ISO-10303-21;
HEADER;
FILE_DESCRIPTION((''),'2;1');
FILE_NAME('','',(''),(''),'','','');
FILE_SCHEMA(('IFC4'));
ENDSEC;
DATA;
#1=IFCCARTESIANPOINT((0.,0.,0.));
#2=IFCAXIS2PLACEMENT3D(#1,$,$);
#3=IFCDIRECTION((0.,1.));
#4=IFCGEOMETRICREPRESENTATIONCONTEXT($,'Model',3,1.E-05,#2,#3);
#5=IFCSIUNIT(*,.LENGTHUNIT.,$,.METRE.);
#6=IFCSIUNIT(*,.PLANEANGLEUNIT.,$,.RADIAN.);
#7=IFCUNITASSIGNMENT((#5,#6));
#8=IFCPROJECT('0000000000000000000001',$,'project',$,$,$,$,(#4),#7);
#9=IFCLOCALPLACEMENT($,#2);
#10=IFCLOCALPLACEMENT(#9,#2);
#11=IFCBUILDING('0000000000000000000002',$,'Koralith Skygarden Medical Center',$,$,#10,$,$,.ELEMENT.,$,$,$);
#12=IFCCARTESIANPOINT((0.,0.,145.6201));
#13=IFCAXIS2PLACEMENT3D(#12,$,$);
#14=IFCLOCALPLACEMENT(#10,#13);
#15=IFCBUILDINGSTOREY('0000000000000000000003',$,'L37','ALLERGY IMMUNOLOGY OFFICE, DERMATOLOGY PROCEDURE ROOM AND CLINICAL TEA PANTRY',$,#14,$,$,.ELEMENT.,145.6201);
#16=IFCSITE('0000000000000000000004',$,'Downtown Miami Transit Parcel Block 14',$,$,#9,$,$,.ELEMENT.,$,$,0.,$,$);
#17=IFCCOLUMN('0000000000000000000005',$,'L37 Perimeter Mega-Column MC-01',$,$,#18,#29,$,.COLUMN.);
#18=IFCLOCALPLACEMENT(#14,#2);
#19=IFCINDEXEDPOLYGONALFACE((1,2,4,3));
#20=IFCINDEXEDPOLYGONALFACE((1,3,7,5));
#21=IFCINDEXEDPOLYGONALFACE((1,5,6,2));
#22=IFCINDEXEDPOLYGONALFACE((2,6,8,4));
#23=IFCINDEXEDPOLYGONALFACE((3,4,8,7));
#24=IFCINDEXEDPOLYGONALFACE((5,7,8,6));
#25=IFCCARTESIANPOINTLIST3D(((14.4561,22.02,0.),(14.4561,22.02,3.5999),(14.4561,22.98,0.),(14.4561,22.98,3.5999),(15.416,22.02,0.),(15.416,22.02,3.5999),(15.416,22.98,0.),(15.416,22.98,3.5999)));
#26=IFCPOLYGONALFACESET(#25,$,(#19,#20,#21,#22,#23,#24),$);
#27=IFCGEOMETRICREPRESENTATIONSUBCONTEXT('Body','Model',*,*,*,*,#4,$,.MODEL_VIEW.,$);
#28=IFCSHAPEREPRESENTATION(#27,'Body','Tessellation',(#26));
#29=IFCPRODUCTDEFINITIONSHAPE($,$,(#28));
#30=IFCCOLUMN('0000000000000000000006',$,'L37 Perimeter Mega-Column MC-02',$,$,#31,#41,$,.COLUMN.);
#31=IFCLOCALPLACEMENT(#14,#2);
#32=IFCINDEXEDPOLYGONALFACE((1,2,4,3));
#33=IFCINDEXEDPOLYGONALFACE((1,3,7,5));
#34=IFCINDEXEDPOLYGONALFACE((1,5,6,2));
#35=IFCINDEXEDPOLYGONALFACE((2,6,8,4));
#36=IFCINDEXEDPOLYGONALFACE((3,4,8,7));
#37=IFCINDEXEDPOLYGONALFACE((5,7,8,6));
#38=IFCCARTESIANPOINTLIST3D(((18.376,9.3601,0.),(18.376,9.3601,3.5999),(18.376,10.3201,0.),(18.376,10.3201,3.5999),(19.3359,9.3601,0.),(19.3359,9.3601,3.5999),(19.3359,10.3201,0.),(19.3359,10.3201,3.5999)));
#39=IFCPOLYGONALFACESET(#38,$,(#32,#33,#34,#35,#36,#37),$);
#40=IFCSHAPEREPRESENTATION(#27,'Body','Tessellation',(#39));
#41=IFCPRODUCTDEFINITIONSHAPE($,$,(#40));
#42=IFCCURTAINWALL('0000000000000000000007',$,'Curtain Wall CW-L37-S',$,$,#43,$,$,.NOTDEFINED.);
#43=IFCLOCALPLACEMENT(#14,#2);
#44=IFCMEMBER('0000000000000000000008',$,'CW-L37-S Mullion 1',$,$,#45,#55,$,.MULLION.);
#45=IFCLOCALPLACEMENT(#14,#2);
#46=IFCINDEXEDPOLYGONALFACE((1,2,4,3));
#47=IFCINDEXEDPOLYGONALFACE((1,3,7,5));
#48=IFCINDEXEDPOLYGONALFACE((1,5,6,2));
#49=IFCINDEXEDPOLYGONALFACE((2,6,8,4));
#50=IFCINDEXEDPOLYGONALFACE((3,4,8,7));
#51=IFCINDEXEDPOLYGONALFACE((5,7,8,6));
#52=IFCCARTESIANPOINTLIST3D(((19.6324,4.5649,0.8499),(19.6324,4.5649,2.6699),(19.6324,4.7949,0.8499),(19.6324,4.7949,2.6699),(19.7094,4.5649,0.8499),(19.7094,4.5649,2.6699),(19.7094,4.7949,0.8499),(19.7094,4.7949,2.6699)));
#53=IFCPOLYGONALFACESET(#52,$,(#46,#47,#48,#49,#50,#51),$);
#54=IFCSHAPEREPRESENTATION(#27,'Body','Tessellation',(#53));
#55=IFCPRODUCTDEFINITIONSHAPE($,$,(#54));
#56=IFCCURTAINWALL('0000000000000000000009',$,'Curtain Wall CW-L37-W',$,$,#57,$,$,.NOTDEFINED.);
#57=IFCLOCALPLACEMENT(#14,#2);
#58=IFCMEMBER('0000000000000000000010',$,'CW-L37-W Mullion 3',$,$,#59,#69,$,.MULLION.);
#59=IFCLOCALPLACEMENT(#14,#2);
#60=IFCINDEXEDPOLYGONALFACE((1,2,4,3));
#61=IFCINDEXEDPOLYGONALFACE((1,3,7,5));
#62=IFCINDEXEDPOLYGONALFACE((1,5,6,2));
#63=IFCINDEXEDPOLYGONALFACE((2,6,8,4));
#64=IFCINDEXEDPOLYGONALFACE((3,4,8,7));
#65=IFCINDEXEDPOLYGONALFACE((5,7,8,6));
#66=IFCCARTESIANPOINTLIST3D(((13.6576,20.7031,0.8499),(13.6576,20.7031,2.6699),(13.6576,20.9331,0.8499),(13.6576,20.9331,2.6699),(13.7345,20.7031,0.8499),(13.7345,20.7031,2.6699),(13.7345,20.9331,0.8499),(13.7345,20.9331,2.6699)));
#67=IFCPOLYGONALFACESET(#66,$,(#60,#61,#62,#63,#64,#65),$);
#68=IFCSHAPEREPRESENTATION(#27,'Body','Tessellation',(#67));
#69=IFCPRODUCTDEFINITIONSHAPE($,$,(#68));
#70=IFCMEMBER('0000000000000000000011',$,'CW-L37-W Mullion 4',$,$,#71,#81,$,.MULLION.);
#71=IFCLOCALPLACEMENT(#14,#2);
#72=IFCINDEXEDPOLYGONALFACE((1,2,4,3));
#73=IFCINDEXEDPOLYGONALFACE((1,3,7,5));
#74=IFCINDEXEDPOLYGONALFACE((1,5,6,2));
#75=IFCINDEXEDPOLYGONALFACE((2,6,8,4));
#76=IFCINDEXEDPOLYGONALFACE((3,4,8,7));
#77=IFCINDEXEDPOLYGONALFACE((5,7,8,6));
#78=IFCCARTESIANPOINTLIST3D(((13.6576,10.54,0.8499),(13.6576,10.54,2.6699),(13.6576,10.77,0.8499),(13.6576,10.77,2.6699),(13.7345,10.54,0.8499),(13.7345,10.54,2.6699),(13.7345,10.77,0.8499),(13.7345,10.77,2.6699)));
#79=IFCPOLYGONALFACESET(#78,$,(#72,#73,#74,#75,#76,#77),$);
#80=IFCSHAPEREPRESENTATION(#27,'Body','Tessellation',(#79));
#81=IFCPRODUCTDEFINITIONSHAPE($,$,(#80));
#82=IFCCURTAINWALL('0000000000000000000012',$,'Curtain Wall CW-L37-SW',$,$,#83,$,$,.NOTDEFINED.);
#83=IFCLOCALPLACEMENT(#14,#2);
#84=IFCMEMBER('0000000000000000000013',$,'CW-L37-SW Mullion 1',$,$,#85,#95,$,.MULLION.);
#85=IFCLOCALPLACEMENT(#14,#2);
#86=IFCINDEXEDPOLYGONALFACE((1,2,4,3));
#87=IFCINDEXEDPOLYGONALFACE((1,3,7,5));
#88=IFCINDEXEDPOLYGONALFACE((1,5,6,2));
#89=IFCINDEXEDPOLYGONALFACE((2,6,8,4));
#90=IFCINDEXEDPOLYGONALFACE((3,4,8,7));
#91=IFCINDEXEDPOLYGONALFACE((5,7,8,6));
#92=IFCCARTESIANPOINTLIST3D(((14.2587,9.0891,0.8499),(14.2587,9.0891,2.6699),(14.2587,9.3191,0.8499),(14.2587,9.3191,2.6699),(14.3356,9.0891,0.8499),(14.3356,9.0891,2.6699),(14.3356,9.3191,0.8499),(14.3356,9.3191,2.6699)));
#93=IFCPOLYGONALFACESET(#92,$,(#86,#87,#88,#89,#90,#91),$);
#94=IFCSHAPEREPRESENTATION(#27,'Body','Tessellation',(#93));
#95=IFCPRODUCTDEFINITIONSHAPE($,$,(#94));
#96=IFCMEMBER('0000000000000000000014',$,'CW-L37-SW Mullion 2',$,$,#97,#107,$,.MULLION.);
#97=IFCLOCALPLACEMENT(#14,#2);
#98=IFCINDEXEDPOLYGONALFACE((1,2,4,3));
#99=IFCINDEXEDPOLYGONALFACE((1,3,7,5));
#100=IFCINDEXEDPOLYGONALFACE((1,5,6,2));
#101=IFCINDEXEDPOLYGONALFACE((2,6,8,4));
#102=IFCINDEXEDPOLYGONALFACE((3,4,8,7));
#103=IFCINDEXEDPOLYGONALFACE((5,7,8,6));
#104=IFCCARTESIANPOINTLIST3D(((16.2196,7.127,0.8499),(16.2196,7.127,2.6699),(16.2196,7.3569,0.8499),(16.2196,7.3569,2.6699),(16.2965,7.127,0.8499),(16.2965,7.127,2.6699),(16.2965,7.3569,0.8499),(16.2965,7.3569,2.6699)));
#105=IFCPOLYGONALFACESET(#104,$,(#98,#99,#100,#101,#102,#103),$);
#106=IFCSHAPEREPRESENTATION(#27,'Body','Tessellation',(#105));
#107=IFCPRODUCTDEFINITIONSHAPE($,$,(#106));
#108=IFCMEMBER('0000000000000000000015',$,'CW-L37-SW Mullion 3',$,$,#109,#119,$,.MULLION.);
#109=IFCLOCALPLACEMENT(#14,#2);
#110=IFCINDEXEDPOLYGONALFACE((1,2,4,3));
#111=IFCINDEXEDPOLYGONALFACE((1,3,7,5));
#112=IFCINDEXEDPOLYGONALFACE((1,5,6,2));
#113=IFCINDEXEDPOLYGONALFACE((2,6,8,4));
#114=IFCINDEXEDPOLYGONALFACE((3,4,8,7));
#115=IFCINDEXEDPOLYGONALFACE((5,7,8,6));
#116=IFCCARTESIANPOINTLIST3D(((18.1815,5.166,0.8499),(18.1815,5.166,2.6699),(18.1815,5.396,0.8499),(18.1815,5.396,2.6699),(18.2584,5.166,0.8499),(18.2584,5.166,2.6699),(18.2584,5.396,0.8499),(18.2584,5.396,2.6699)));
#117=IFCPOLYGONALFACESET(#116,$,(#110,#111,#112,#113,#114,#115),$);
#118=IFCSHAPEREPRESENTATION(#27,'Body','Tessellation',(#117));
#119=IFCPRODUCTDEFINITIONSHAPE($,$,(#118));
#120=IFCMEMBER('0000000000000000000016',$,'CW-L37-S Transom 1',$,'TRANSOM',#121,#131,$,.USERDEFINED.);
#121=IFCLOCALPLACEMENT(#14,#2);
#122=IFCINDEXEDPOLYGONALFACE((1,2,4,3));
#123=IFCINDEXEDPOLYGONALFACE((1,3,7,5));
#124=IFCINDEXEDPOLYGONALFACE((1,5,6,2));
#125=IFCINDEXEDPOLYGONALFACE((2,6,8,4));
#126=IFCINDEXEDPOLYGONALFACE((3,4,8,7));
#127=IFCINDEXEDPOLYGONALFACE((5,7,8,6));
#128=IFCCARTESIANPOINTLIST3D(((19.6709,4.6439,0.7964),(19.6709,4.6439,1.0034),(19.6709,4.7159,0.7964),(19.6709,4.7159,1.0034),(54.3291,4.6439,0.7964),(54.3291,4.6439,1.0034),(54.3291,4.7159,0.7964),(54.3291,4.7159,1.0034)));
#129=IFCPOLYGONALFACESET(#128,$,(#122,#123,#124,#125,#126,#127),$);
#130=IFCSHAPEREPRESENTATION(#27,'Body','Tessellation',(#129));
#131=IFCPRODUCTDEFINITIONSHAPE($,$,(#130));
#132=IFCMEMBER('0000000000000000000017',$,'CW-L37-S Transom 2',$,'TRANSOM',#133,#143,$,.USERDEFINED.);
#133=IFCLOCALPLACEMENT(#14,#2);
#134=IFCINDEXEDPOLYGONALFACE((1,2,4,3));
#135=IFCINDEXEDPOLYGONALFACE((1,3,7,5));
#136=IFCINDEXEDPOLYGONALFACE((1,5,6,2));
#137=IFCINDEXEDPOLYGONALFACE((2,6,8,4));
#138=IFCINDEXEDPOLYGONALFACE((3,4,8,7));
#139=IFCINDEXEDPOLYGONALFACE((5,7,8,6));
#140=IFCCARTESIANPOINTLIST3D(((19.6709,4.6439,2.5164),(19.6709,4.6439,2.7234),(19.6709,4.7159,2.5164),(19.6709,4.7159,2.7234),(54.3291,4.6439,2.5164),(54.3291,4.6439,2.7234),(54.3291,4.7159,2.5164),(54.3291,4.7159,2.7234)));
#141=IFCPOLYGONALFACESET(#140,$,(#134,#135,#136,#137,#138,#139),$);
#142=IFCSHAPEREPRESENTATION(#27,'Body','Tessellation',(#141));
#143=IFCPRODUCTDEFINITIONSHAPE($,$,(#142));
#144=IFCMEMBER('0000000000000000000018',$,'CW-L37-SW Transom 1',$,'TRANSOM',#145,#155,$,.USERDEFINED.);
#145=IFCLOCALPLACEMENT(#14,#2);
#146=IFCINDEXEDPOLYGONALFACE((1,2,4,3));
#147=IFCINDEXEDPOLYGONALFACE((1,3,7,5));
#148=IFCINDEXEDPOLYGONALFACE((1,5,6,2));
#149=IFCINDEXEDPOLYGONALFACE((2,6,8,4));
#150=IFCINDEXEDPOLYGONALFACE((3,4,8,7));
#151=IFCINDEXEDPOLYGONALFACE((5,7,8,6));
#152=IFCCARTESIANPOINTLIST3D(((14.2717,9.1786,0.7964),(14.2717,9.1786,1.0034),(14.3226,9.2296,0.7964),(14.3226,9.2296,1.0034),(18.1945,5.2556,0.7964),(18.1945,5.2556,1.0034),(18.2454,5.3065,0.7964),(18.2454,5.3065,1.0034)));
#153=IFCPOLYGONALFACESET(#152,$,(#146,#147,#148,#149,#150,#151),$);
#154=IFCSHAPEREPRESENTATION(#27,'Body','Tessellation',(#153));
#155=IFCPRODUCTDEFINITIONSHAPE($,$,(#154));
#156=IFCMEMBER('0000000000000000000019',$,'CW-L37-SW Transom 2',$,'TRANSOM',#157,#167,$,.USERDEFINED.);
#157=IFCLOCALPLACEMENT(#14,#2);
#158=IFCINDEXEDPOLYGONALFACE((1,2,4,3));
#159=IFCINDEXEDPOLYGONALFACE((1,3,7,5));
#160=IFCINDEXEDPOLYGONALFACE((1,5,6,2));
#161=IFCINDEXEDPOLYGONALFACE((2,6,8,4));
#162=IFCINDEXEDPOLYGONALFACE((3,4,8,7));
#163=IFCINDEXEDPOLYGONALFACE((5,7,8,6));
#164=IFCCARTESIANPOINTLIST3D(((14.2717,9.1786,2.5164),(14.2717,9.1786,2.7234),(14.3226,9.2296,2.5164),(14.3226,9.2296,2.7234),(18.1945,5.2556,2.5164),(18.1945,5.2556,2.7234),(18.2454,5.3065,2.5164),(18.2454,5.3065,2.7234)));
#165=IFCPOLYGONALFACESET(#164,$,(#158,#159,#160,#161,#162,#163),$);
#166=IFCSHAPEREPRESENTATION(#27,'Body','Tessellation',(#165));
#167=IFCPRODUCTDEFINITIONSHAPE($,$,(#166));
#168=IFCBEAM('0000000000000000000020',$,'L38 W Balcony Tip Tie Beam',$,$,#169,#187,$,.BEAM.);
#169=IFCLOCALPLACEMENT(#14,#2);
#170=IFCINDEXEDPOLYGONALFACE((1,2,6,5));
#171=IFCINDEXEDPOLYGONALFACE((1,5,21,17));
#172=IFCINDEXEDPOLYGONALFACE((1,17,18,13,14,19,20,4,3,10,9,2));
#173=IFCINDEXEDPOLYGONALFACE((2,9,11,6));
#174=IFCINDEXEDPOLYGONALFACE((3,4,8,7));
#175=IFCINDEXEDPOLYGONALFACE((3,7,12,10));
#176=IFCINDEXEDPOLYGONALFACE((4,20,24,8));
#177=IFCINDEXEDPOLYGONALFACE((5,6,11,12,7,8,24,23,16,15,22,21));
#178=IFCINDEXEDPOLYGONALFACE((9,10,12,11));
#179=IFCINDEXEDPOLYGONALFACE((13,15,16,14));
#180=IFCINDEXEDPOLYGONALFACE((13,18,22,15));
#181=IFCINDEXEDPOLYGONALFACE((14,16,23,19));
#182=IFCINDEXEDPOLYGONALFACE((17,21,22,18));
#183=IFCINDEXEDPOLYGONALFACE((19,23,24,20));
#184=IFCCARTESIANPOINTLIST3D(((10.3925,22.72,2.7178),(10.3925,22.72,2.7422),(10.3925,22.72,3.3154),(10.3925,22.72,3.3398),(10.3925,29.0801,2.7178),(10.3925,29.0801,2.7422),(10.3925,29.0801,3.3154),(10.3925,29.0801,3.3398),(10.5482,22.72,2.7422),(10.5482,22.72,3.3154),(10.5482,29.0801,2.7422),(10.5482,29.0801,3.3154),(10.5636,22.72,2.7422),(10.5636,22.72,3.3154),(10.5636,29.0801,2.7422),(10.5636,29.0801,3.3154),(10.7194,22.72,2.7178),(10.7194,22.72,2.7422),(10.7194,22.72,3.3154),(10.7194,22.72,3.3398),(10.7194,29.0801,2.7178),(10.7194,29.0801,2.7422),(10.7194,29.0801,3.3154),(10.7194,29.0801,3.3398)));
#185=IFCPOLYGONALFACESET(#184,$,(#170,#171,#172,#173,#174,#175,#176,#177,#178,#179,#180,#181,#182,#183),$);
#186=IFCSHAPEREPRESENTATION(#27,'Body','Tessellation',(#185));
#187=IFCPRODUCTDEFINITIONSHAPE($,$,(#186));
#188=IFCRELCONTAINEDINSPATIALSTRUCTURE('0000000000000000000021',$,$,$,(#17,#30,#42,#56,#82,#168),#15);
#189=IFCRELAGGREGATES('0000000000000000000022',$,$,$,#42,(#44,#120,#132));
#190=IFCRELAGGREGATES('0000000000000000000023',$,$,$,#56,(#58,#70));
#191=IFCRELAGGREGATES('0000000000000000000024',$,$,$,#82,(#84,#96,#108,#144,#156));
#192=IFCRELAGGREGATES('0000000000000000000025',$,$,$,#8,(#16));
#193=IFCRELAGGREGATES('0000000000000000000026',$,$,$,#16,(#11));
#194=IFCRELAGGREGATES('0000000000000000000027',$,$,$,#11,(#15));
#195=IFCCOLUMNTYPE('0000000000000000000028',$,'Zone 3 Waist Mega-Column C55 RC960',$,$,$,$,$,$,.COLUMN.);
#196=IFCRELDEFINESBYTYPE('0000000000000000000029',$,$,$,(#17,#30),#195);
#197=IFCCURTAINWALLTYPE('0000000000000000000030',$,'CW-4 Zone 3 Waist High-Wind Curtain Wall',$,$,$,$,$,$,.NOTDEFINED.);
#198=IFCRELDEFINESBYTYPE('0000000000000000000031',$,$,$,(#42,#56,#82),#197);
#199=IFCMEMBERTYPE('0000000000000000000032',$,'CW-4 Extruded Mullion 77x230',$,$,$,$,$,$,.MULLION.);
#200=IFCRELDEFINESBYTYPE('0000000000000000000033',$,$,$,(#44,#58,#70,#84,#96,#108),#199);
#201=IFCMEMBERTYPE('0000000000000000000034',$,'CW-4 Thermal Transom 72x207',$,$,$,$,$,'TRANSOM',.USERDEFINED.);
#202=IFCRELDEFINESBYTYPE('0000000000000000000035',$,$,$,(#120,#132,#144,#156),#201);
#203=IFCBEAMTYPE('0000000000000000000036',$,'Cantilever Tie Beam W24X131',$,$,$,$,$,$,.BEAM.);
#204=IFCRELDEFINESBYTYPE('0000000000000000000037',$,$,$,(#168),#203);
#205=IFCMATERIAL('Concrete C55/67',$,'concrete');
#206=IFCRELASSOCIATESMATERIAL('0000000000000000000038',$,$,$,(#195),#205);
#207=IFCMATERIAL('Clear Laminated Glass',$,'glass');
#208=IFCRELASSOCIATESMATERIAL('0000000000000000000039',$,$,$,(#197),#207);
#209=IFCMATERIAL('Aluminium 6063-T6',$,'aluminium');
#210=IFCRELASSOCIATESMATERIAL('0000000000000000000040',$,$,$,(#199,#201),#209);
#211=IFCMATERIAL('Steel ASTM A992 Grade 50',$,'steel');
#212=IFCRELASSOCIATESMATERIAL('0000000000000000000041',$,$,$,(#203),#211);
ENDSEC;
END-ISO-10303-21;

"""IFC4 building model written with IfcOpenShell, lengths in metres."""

from ifc_helpers import new_model, si_unit, direction, frame, origin, origin_2d, place, context, subcontext, project, spatial, rectangle, i_section, extrude, material, material_profile, profile_set, type_object, element, aggregate, save


model = new_model("IFC4")

# Units and contexts
model_context = context("Model", 3, precision=1e-05, world=origin(), true_north=direction((0.0, 1.0)))
body_context = subcontext(model_context, "Body", "Model", "MODEL_VIEW")
ifc_project = project(units=[si_unit("LENGTHUNIT", "METRE"), si_unit("PLANEANGLEUNIT", "RADIAN")], contexts=[model_context])

# Site, building, storey
site_placement = place(None, origin())
site = spatial("IfcSite", under=ifc_project, at=site_placement, Name="Downtown Miami Transit Parcel Block 14", CompositionType="ELEMENT", RefElevation=0.0)
building_placement = place(site_placement, origin())
building = spatial("IfcBuilding", under=site, at=building_placement, Name="Koralith Skygarden Medical Center", CompositionType="ELEMENT")
storey_placement = place(building_placement, frame((0.0, 0.0, 145.6201)))
storey = spatial("IfcBuildingStorey", under=building, at=storey_placement, Name="L37", Description="ALLERGY IMMUNOLOGY OFFICE, DERMATOLOGY PROCEDURE ROOM AND CLINICAL TEA PANTRY", CompositionType="ELEMENT", Elevation=145.6201)

# Columns
ifc_material_1 = material(Name="Concrete C55/67", Category="concrete")
ifc_material_profile_1 = material_profile(ifc_material_1, rectangle(XDim=0.96, YDim=0.96, at=origin_2d()), Name="RC960X960")
ifc_profile_set_1 = profile_set([ifc_material_profile_1], Name="Concrete C55/67")
column_type = type_object("IfcColumnType", Name="Zone 3 Waist Mega-Column C55 RC960", PredefinedType="COLUMN", material=ifc_profile_set_1)
for number, where, z_axis, x_axis, name in (
    (1, (14.936, 22.5, 0.0), (0.0, 0.0, 1.0), (1.0, 0.0, 0.0), "L37 Perimeter Mega-Column MC-01"),
    (2, (18.856, 9.8401, 0.0), (0.0, 0.0, 1.0), (1.0, 0.0, 0.0), "L37 Perimeter Mega-Column MC-02"),
):
    element("IfcColumn", number, at=place(storey_placement, frame(where, z_axis=z_axis, x_axis=x_axis)), inside=storey, type_object=column_type, Name=name, PredefinedType="COLUMN", context=body_context, shape_type="SweptSolid", body=[
        extrude(rectangle(XDim=0.96, YDim=0.96, at=origin_2d()), origin(), (0.0, 0.0, 1.0), 3.5999),
    ])

# Curtain wall, member
ifc_material_2 = material(Name="Clear Laminated Glass", Category="glass")
curtain_wall_type = type_object("IfcCurtainWallType", Name="CW-4 Zone 3 Waist High-Wind Curtain Wall", PredefinedType="NOTDEFINED", material=ifc_material_2)
curtain_wall_1_placement = place(storey_placement, origin())
curtain_wall_1 = element("IfcCurtainWall", 3, at=curtain_wall_1_placement, inside=storey, type_object=curtain_wall_type, Name="Curtain Wall CW-L37-S", PredefinedType="NOTDEFINED")
ifc_material_3 = material(Name="Aluminium 6063-T6", Category="aluminium")
ifc_material_profile_2 = material_profile(ifc_material_3, rectangle(XDim=0.0769, YDim=0.23, at=origin_2d()), Name="MUL77X230")
ifc_profile_set_2 = profile_set([ifc_material_profile_2], Name="Aluminium 6063-T6")
member_type_1 = type_object("IfcMemberType", Name="CW-4 Extruded Mullion 77x230", PredefinedType="MULLION", material=ifc_profile_set_2)
member_1_placement = place(storey_placement, frame((19.6709, 4.6799, 0.8499), z_axis=(0.0, 0.0, 1.0), x_axis=(1.0, 0.0, 0.0)))
member_1 = element("IfcMember", 4, at=member_1_placement, type_object=member_type_1, Name="CW-L37-S Mullion 1", PredefinedType="MULLION", context=body_context, shape_type="SweptSolid", body=[
    extrude(rectangle(XDim=0.0769, YDim=0.23, at=origin_2d()), origin(), (0.0, 0.0, 1.0), 1.8201),
])

# Curtain walls, members
curtain_wall_2_placement = place(storey_placement, origin())
curtain_wall_2 = element("IfcCurtainWall", 5, at=curtain_wall_2_placement, inside=storey, type_object=curtain_wall_type, Name="Curtain Wall CW-L37-W", PredefinedType="NOTDEFINED")
member_2_placement = place(storey_placement, frame((13.696, 20.8181, 0.8499), z_axis=(0.0, 0.0, 1.0), x_axis=(1.0, 0.0, 0.0)))
member_2 = element("IfcMember", 6, at=member_2_placement, type_object=member_type_1, Name="CW-L37-W Mullion 3", PredefinedType="MULLION", context=body_context, shape_type="SweptSolid", body=[
    extrude(rectangle(XDim=0.0769, YDim=0.23, at=origin_2d()), origin(), (0.0, 0.0, 1.0), 1.8201),
])
member_3_placement = place(storey_placement, frame((13.696, 10.655, 0.8499), z_axis=(0.0, 0.0, 1.0), x_axis=(1.0, 0.0, 0.0)))
member_3 = element("IfcMember", 7, at=member_3_placement, type_object=member_type_1, Name="CW-L37-W Mullion 4", PredefinedType="MULLION", context=body_context, shape_type="SweptSolid", body=[
    extrude(rectangle(XDim=0.0769, YDim=0.23, at=origin_2d()), origin(), (0.0, 0.0, 1.0), 1.8201),
])
curtain_wall_3_placement = place(storey_placement, origin())
curtain_wall_3 = element("IfcCurtainWall", 8, at=curtain_wall_3_placement, inside=storey, type_object=curtain_wall_type, Name="Curtain Wall CW-L37-SW", PredefinedType="NOTDEFINED")
member_4_placement = place(storey_placement, frame((14.2971, 9.2041, 0.8499), z_axis=(0.0, 0.0, 1.0), x_axis=(1.0, 0.0, 0.0)))
member_4 = element("IfcMember", 9, at=member_4_placement, type_object=member_type_1, Name="CW-L37-SW Mullion 1", PredefinedType="MULLION", context=body_context, shape_type="SweptSolid", body=[
    extrude(rectangle(XDim=0.0769, YDim=0.23, at=origin_2d()), origin(), (0.0, 0.0, 1.0), 1.8201),
])
member_5_placement = place(storey_placement, frame((16.2581, 7.2419, 0.8499), z_axis=(0.0, 0.0, 1.0), x_axis=(1.0, 0.0, 0.0)))
member_5 = element("IfcMember", 10, at=member_5_placement, type_object=member_type_1, Name="CW-L37-SW Mullion 2", PredefinedType="MULLION", context=body_context, shape_type="SweptSolid", body=[
    extrude(rectangle(XDim=0.0769, YDim=0.23, at=origin_2d()), origin(), (0.0, 0.0, 1.0), 1.8201),
])
member_6_placement = place(storey_placement, frame((18.22, 5.281, 0.8499), z_axis=(0.0, 0.0, 1.0), x_axis=(1.0, 0.0, 0.0)))
member_6 = element("IfcMember", 11, at=member_6_placement, type_object=member_type_1, Name="CW-L37-SW Mullion 3", PredefinedType="MULLION", context=body_context, shape_type="SweptSolid", body=[
    extrude(rectangle(XDim=0.0769, YDim=0.23, at=origin_2d()), origin(), (0.0, 0.0, 1.0), 1.8201),
])

# Members
ifc_material_profile_3 = material_profile(ifc_material_3, rectangle(XDim=0.072, YDim=0.207, at=origin_2d()), Name="TRN72X207")
ifc_profile_set_3 = profile_set([ifc_material_profile_3], Name="Aluminium 6063-T6")
member_type_2 = type_object("IfcMemberType", Name="CW-4 Thermal Transom 72x207", ElementType="TRANSOM", PredefinedType="USERDEFINED", material=ifc_profile_set_3)
member_7_placement = place(storey_placement, frame((19.6709, 4.6799, 0.8999), z_axis=(1.0, 0.0, 0.0), x_axis=(0.0, 1.0, 0.0)))
member_7 = element("IfcMember", 12, at=member_7_placement, type_object=member_type_2, Name="CW-L37-S Transom 1", ObjectType="TRANSOM", PredefinedType="USERDEFINED", context=body_context, shape_type="SweptSolid", body=[
    extrude(rectangle(XDim=0.072, YDim=0.207, at=origin_2d()), origin(), (0.0, 0.0, 1.0), 34.6582),
])
member_8_placement = place(storey_placement, frame((19.6709, 4.6799, 2.6199), z_axis=(1.0, 0.0, 0.0), x_axis=(0.0, 1.0, 0.0)))
member_8 = element("IfcMember", 13, at=member_8_placement, type_object=member_type_2, Name="CW-L37-S Transom 2", ObjectType="TRANSOM", PredefinedType="USERDEFINED", context=body_context, shape_type="SweptSolid", body=[
    extrude(rectangle(XDim=0.072, YDim=0.207, at=origin_2d()), origin(), (0.0, 0.0, 1.0), 34.6582),
])
aggregate(curtain_wall_1, [member_1, member_7, member_8])
member_9_placement = place(storey_placement, frame((14.2971, 9.2041, 0.8999), z_axis=(0.707085, -0.707129, 0.0), x_axis=(0.707129, 0.707085, 0.0)))
member_9 = element("IfcMember", 14, at=member_9_placement, type_object=member_type_2, Name="CW-L37-SW Transom 1", ObjectType="TRANSOM", PredefinedType="USERDEFINED", context=body_context, shape_type="SweptSolid", body=[
    extrude(rectangle(XDim=0.072, YDim=0.207, at=origin_2d()), origin(), (0.0, 0.0, 1.0), 5.5479),
])
member_10_placement = place(storey_placement, frame((14.2971, 9.2041, 2.6199), z_axis=(0.707085, -0.707129, 0.0), x_axis=(0.707129, 0.707085, 0.0)))
member_10 = element("IfcMember", 15, at=member_10_placement, type_object=member_type_2, Name="CW-L37-SW Transom 2", ObjectType="TRANSOM", PredefinedType="USERDEFINED", context=body_context, shape_type="SweptSolid", body=[
    extrude(rectangle(XDim=0.072, YDim=0.207, at=origin_2d()), origin(), (0.0, 0.0, 1.0), 5.5479),
])

# Beam
ifc_material_4 = material(Name="Steel ASTM A992 Grade 50", Category="steel")
ifc_material_profile_4 = material_profile(ifc_material_4, i_section(OverallWidth=0.3269, OverallDepth=0.6221, WebThickness=0.0154, FlangeThickness=0.0244, at=origin_2d()), Name="W24X131")
ifc_profile_set_4 = profile_set([ifc_material_profile_4], Name="Steel ASTM A992 Grade 50")
beam_type_1 = type_object("IfcBeamType", Name="Cantilever Tie Beam W24X131", PredefinedType="BEAM", material=ifc_profile_set_4)
beam_1_placement = place(storey_placement, frame((10.5559, 22.72, 3.0288), z_axis=(0.0, 1.0, 0.0), x_axis=(-1.0, 0.0, 0.0)))
element("IfcBeam", 16, at=beam_1_placement, inside=storey, type_object=beam_type_1, Name="L38 W Balcony Tip Tie Beam", PredefinedType="BEAM", context=body_context, shape_type="SweptSolid", body=[
    extrude(i_section(OverallWidth=0.3269, OverallDepth=0.6221, WebThickness=0.0154, FlangeThickness=0.0244, at=origin_2d()), origin(), (0.0, 0.0, 1.0), 6.3601),
])

aggregate(curtain_wall_2, [member_2, member_3])
aggregate(curtain_wall_3, [member_4, member_5, member_6, member_9, member_10])

save(model, "model.ifc")
